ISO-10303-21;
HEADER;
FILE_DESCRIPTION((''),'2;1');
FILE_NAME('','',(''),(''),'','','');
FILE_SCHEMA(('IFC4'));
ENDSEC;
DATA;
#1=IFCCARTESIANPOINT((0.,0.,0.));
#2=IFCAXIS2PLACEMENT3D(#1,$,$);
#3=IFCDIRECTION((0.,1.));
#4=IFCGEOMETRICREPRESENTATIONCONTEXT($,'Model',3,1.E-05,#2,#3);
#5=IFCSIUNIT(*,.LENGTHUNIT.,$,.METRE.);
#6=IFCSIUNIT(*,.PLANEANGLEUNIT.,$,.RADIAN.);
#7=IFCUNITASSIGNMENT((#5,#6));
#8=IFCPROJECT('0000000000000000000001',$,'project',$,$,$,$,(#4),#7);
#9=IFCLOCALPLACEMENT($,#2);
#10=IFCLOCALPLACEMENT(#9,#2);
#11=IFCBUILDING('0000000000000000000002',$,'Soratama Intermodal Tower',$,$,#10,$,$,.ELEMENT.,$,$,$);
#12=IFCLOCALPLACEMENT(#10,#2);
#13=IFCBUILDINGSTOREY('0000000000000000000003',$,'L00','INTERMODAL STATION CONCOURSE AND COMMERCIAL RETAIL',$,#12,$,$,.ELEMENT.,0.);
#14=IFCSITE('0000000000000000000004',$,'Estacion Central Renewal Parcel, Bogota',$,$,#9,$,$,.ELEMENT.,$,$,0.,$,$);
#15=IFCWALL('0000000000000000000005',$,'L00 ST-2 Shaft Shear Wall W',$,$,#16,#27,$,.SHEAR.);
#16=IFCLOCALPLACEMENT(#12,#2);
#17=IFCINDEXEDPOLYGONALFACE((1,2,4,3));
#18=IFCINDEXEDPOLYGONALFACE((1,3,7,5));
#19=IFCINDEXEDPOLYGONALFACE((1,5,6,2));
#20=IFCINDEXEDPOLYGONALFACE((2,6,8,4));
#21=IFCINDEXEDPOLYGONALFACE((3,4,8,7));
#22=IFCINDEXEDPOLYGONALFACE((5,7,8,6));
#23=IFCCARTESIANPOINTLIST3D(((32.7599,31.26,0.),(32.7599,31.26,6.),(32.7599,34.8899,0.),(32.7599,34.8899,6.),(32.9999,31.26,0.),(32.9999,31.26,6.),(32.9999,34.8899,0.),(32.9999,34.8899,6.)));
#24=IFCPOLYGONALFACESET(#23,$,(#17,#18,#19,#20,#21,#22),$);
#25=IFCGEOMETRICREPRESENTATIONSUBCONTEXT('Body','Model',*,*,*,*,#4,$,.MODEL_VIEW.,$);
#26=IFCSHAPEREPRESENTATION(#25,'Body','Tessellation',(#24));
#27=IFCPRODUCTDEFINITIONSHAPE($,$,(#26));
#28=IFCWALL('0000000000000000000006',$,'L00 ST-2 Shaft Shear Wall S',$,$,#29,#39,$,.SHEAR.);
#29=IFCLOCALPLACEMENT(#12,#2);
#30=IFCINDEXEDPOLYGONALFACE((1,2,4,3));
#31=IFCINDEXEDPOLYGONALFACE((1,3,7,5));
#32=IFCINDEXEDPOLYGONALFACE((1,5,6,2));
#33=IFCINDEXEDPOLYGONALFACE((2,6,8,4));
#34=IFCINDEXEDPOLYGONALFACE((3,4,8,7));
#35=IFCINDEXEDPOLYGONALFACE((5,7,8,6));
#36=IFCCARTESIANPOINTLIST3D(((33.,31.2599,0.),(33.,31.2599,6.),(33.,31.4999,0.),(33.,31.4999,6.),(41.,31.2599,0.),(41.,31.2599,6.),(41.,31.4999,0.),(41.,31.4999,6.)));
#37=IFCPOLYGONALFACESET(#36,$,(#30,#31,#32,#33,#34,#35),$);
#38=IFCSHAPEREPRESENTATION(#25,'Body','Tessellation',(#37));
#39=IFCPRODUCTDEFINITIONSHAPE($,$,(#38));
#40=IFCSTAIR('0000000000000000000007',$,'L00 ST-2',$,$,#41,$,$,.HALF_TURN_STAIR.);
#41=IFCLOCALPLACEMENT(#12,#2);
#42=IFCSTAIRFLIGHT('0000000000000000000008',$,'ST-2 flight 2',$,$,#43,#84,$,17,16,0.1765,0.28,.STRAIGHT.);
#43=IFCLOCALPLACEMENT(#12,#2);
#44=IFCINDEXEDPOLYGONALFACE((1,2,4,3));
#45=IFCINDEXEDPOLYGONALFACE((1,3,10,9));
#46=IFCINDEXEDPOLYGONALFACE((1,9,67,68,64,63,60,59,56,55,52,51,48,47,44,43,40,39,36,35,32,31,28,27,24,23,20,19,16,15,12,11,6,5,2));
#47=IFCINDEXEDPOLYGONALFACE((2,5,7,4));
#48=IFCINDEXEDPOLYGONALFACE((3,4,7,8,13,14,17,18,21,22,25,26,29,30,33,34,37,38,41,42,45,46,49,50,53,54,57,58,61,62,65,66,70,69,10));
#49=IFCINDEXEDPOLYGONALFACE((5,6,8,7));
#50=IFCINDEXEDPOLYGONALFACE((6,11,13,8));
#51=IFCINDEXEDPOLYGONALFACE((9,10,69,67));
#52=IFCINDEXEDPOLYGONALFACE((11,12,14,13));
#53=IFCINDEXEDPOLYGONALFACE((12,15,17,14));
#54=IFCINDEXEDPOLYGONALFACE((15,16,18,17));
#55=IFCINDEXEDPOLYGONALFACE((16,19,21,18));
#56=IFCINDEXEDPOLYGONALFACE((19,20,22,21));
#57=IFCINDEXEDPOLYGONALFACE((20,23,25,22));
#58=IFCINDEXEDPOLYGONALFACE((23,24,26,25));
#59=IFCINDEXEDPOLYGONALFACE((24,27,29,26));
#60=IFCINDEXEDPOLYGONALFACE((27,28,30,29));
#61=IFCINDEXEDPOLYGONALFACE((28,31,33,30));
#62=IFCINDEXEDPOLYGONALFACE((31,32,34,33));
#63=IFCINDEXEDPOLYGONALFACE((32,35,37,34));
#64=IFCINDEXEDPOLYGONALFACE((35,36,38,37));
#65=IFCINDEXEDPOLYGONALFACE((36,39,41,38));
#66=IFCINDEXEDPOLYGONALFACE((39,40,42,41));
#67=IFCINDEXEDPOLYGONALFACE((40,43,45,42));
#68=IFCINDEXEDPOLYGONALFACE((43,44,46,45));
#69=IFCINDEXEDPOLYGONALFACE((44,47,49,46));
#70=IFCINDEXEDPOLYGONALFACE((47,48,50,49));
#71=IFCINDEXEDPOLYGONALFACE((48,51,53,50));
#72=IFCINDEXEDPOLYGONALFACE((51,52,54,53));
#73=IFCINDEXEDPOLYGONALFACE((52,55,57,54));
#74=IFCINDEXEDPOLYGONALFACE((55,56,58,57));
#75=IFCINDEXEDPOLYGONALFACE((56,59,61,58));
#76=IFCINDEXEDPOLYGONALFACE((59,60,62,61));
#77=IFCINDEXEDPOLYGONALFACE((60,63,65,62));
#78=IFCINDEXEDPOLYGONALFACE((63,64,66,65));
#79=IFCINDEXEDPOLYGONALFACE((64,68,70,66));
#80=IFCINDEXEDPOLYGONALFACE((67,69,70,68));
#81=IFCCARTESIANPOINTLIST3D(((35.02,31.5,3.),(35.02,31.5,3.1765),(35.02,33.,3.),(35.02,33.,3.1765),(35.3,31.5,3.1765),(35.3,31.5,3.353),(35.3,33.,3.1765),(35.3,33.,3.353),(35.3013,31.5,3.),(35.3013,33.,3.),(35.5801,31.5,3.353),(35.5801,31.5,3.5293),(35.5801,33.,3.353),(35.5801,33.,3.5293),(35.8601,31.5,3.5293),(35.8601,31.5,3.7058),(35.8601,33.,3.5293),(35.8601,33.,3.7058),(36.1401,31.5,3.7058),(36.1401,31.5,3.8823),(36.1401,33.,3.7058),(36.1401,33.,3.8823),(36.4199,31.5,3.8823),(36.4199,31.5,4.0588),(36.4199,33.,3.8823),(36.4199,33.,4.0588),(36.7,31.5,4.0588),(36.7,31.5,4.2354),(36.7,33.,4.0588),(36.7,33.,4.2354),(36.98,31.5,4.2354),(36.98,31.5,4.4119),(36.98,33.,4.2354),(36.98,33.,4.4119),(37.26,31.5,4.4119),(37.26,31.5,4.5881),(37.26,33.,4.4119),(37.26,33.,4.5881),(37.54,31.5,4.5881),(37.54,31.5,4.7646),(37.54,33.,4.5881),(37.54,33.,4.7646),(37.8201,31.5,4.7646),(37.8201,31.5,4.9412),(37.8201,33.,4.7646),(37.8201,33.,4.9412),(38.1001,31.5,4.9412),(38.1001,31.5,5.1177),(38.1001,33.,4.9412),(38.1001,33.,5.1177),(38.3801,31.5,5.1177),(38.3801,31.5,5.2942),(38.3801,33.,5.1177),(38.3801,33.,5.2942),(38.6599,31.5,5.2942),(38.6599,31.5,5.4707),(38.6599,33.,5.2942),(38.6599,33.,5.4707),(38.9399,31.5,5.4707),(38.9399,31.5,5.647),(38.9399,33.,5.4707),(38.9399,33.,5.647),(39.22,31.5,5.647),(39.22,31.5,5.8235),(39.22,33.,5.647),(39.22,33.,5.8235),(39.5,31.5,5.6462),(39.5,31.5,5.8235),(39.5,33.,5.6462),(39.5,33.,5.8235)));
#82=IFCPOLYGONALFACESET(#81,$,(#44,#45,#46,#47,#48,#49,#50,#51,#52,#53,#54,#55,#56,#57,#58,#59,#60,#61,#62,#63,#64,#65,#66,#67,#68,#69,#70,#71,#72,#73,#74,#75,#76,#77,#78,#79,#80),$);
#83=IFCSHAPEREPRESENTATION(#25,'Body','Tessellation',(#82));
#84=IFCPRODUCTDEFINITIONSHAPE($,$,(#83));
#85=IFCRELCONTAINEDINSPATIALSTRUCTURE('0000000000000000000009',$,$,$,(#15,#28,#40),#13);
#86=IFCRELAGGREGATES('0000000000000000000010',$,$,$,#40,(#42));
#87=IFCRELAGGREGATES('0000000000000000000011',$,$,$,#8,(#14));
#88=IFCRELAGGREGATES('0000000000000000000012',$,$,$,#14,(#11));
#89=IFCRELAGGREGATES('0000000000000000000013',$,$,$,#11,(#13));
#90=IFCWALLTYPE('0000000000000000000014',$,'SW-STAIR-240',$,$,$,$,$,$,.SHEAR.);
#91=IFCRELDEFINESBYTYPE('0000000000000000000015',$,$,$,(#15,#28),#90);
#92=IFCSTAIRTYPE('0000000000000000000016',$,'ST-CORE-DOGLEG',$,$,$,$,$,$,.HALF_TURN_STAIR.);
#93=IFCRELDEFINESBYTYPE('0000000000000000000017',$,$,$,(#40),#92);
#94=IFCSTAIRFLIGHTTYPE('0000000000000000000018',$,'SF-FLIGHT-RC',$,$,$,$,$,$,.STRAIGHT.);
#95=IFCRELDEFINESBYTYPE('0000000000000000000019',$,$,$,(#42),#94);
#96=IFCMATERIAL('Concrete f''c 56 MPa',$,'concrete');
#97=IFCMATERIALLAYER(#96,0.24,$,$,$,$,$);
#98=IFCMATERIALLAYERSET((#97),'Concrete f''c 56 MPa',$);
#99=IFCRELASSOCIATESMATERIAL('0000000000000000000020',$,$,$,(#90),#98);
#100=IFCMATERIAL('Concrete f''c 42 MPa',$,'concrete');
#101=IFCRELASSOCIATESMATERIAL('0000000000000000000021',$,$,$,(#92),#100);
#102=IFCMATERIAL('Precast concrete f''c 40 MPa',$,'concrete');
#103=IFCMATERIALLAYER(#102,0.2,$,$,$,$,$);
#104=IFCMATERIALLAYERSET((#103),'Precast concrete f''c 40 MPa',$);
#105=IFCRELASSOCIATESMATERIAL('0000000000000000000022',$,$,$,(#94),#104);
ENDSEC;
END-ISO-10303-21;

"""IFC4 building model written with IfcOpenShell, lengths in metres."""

from ifc_helpers import new_model, si_unit, direction, frame, frame_2d, origin, place, context, subcontext, project, spatial, polyline, rectangle, outline, extrude, material, layer, layer_set, type_object, element, aggregate, save


model = new_model("IFC4")

# Units and contexts
model_context = context("Model", 3, precision=1e-05, world=origin(), true_north=direction((0.0, 1.0)))
body_context = subcontext(model_context, "Body", "Model", "MODEL_VIEW")
ifc_project = project(units=[si_unit("LENGTHUNIT", "METRE"), si_unit("PLANEANGLEUNIT", "RADIAN")], contexts=[model_context])

# Site, building, storey
site_placement = place(None, origin())
site = spatial("IfcSite", under=ifc_project, at=site_placement, Name="Estacion Central Renewal Parcel, Bogota", CompositionType="ELEMENT", RefElevation=0.0)
building_placement = place(site_placement, origin())
building = spatial("IfcBuilding", under=site, at=building_placement, Name="Soratama Intermodal Tower", CompositionType="ELEMENT")
storey_placement = place(building_placement, origin())
storey = spatial("IfcBuildingStorey", under=building, at=storey_placement, Name="L00", Description="INTERMODAL STATION CONCOURSE AND COMMERCIAL RETAIL", CompositionType="ELEMENT", Elevation=0.0)

# Walls
ifc_material_1 = material(Name="Concrete f'c 56 MPa", Category="concrete")
ifc_layer_1 = layer(ifc_material_1, 0.24)
ifc_layer_set_1 = layer_set([ifc_layer_1], Name="Concrete f'c 56 MPa")
wall_type_1 = type_object("IfcWallType", Name="SW-STAIR-240", PredefinedType="SHEAR", material=ifc_layer_set_1)
wall_1_placement = place(storey_placement, frame((32.8799, 31.26, 0.0), z_axis=(0.0, 0.0, 1.0), x_axis=(0.0, 1.0, 0.0)))
element("IfcWall", 1, at=wall_1_placement, inside=storey, type_object=wall_type_1, Name="L00 ST-2 Shaft Shear Wall W", PredefinedType="SHEAR", context=body_context, shape_type="SweptSolid", body=[
    extrude(rectangle(XDim=3.6299, YDim=0.24, at=frame_2d((1.8149, 0.0))), origin(), (0.0, 0.0, 1.0), 6.0),
])
wall_2_placement = place(storey_placement, frame((33.0, 31.3799, 0.0), z_axis=(0.0, 0.0, 1.0), x_axis=(1.0, 0.0, 0.0)))
element("IfcWall", 2, at=wall_2_placement, inside=storey, type_object=wall_type_1, Name="L00 ST-2 Shaft Shear Wall S", PredefinedType="SHEAR", context=body_context, shape_type="SweptSolid", body=[
    extrude(rectangle(XDim=8.0, YDim=0.24, at=frame_2d((4.0, 0.0))), origin(), (0.0, 0.0, 1.0), 6.0),
])

# Stair, stair flight
ifc_material_2 = material(Name="Concrete f'c 42 MPa", Category="concrete")
stair_type = type_object("IfcStairType", Name="ST-CORE-DOGLEG", PredefinedType="HALF_TURN_STAIR", material=ifc_material_2)
stair_placement = place(storey_placement, origin())
stair = element("IfcStair", 3, at=stair_placement, inside=storey, type_object=stair_type, Name="L00 ST-2", PredefinedType="HALF_TURN_STAIR")
ifc_material_3 = material(Name="Precast concrete f'c 40 MPa", Category="concrete")
ifc_layer_2 = layer(ifc_material_3, 0.2)
ifc_layer_set_2 = layer_set([ifc_layer_2], Name="Precast concrete f'c 40 MPa")
stair_flight_type = type_object("IfcStairFlightType", Name="SF-FLIGHT-RC", PredefinedType="STRAIGHT", material=ifc_layer_set_2)
stair_flight_placement = place(storey_placement, frame((35.02, 32.25, 3.0), z_axis=(0.0, 0.0, 1.0), x_axis=(1.0, 0.0, 0.0)))
stair_flight = element("IfcStairFlight", 4, at=stair_flight_placement, type_object=stair_flight_type, Name="ST-2 flight 2", NumberOfRisers=17, NumberOfTreads=16, PredefinedType="STRAIGHT", RiserHeight=0.1765, TreadLength=0.28, context=body_context, shape_type="SweptSolid", body=[
    extrude(outline(polyline([(0.0, 0.0), (0.0, 0.1765), (0.28, 0.1765), (0.28, 0.353), (0.5601, 0.353), (0.5601, 0.5293), (0.8401, 0.5293), (0.8401, 0.7058), (1.1201, 0.7058), (1.1201, 0.8823), (1.3999, 0.8823), (1.3999, 1.0588), (1.6799, 1.0588), (1.6799, 1.2354), (1.96, 1.2354), (1.96, 1.4119), (2.24, 1.4119), (2.24, 1.5881), (2.52, 1.5881), (2.52, 1.7646), (2.8, 1.7646), (2.8, 1.9412), (3.0801, 1.9412), (3.0801, 2.1177), (3.3601, 2.1177), (3.3601, 2.2942), (3.6399, 2.2942), (3.6399, 2.4707), (3.9199, 2.4707), (3.9199, 2.647), (4.2, 2.647), (4.2, 2.8235), (4.48, 2.8235), (4.48, 3.0), (4.48, 2.6462), (0.2812, 0.0), (0.0, 0.0)])), frame((0.0, 0.75, 0.0), z_axis=(0.0, -1.0, 0.0), x_axis=(1.0, 0.0, 0.0)), (0.0, 0.0, 1.0), 1.5),
])
aggregate(stair, [stair_flight])

save(model, "model.ifc")
